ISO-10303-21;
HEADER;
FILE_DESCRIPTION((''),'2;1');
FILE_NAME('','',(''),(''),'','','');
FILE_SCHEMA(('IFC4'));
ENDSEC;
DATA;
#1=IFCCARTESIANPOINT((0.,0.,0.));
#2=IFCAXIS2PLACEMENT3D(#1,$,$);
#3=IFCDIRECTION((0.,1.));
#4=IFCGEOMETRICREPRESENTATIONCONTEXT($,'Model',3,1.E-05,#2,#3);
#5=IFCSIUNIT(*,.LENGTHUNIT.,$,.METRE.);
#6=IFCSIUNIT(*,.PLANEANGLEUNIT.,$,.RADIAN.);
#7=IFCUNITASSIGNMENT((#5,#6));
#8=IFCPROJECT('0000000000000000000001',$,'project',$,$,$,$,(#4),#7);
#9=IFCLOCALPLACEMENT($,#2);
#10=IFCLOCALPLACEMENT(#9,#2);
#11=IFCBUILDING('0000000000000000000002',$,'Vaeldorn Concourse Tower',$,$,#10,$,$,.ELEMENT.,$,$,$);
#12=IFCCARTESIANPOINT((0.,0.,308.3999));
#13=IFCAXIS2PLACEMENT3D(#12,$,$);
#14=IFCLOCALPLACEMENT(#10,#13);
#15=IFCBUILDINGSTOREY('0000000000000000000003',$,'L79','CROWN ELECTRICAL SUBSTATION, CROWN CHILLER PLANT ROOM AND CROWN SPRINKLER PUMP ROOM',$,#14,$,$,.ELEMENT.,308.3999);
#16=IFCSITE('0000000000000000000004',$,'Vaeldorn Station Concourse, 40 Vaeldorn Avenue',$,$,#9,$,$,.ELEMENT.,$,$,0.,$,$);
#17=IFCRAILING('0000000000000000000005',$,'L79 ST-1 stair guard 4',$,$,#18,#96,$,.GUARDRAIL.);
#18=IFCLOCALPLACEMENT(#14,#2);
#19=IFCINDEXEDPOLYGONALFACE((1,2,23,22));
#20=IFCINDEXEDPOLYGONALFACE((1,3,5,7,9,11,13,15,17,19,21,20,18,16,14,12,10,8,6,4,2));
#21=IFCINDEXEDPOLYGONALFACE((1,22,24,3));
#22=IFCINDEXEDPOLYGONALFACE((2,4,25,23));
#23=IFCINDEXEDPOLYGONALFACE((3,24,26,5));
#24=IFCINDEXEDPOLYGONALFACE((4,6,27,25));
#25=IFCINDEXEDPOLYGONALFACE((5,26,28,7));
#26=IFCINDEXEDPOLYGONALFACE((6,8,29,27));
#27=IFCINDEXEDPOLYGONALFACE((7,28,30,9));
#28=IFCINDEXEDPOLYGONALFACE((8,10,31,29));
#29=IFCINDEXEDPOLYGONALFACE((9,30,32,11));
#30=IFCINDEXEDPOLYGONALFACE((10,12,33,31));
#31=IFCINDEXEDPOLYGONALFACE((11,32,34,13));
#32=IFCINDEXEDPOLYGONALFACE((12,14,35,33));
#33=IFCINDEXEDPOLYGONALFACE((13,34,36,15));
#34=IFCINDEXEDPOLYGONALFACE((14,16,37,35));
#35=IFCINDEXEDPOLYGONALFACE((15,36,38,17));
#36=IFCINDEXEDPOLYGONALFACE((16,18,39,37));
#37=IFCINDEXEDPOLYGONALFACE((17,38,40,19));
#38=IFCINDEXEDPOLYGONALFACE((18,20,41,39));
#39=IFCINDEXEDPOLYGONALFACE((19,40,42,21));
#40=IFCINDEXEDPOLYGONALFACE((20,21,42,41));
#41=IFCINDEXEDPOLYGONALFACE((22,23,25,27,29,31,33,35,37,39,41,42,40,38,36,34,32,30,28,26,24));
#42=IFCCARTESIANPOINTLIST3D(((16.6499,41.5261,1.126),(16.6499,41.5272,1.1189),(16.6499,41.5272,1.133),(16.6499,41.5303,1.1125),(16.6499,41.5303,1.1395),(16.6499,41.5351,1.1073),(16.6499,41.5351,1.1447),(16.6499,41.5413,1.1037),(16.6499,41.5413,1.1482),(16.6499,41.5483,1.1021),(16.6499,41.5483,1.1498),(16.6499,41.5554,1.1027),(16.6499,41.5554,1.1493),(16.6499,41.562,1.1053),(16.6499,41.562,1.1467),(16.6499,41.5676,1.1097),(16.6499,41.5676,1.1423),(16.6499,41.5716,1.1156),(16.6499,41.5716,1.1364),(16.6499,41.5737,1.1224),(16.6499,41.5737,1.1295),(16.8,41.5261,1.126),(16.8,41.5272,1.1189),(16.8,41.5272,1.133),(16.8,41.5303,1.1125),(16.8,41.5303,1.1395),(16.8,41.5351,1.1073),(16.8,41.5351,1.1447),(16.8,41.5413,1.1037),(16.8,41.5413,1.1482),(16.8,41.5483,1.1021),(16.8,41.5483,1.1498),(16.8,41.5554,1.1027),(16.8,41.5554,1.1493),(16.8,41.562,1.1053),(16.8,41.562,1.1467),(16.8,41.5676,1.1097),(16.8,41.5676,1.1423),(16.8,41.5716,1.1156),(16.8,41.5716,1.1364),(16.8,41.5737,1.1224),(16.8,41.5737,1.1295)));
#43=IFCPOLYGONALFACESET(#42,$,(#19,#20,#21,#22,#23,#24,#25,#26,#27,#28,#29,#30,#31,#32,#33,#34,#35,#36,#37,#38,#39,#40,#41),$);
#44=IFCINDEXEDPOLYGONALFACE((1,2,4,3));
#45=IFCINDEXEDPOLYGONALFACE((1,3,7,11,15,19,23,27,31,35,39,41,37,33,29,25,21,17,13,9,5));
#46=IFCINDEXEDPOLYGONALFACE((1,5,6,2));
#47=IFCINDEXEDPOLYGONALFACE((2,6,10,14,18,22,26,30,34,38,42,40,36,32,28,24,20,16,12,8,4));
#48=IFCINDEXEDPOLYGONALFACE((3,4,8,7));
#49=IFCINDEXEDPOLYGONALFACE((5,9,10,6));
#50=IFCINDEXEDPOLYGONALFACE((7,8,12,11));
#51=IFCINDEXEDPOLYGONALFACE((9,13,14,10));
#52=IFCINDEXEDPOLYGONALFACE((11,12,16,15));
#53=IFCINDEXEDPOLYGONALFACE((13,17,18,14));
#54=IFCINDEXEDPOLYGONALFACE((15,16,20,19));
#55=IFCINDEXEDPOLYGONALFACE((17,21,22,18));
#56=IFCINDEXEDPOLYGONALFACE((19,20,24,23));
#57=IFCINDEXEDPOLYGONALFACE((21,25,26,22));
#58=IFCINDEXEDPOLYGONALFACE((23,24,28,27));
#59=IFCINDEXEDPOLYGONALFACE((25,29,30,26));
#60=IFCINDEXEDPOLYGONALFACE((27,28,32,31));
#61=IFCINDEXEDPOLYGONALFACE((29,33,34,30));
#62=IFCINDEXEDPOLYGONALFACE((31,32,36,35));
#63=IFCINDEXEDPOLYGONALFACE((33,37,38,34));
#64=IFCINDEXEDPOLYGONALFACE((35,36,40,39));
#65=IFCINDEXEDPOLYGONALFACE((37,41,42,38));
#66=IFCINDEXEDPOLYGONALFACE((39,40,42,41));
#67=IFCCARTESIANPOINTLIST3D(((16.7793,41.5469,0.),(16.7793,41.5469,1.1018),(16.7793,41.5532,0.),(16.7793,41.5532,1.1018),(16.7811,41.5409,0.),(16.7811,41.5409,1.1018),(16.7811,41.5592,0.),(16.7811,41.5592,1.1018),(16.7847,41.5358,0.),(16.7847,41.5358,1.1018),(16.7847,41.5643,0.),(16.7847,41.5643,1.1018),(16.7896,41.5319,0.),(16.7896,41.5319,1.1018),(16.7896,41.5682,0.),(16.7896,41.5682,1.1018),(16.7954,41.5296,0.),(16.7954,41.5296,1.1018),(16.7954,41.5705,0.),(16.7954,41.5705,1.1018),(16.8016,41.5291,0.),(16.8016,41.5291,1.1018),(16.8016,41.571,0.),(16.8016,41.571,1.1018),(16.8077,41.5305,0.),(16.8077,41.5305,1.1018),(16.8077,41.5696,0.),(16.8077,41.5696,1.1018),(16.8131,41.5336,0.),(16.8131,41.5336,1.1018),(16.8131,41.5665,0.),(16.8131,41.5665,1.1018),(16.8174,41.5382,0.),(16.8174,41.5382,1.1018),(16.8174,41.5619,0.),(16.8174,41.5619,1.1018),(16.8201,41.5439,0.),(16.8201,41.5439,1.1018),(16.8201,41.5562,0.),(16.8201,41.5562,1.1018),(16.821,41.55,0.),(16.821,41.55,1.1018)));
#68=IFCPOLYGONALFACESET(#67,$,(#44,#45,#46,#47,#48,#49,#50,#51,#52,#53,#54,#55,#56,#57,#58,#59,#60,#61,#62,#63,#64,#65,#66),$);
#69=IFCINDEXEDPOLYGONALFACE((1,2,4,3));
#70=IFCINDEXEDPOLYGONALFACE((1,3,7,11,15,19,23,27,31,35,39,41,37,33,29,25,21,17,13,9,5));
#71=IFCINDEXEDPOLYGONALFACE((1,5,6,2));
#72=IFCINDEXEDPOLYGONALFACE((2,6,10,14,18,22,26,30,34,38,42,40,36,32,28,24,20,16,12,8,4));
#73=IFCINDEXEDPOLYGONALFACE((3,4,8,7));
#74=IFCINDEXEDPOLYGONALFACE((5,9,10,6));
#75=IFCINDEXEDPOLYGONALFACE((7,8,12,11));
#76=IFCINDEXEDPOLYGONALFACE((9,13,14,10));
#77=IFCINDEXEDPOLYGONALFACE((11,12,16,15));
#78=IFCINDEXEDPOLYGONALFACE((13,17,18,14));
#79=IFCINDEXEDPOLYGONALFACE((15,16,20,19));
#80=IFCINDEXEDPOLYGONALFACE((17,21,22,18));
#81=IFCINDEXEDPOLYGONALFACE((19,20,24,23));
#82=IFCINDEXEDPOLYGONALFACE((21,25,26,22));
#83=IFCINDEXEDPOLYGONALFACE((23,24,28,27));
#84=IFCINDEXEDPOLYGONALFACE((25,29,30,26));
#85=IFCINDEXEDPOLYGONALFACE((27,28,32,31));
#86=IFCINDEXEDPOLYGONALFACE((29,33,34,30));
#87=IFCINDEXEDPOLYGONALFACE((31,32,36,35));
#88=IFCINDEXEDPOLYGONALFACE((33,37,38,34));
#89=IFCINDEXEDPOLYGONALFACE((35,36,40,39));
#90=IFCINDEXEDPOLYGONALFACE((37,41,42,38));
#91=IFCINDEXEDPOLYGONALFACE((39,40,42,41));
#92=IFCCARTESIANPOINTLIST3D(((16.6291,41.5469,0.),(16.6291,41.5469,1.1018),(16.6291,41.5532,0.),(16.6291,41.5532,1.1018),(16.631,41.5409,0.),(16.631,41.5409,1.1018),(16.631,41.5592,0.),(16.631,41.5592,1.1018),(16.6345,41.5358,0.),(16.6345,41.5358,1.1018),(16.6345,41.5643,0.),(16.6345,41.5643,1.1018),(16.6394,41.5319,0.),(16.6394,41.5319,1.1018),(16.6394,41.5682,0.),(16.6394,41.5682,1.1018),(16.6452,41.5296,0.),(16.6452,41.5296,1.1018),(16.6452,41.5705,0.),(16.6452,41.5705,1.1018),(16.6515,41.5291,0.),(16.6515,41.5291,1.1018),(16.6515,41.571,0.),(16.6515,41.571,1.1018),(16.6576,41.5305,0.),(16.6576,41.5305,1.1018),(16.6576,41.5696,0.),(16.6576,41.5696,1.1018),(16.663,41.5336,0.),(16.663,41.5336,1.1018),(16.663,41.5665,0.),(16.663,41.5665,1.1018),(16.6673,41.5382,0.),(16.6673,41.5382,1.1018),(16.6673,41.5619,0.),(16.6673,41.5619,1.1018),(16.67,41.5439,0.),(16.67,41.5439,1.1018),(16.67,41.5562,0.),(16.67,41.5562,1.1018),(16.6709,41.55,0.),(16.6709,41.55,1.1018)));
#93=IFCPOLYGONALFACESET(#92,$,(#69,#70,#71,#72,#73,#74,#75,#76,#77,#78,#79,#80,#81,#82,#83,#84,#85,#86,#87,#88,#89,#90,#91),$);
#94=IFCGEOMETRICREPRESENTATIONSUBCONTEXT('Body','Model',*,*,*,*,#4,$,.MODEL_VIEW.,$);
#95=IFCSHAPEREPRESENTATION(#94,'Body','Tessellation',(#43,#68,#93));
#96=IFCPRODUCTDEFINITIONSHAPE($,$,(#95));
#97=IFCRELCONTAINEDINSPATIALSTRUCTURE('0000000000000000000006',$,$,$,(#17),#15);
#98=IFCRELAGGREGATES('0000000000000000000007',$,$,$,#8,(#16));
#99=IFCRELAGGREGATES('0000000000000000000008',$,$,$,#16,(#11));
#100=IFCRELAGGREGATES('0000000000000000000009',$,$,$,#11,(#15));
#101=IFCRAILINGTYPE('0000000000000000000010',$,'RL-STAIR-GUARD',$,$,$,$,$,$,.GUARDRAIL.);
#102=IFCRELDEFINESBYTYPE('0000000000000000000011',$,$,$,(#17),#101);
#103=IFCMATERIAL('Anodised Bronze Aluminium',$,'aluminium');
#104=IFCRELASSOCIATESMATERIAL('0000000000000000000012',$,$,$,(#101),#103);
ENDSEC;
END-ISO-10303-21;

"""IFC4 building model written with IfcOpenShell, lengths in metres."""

from ifc_helpers import new_model, si_unit, direction, frame, origin, origin_2d, place, context, subcontext, project, spatial, circle, extrude, material, type_object, element, save


model = new_model("IFC4")

# Units and contexts
model_context = context("Model", 3, precision=1e-05, world=origin(), true_north=direction((0.0, 1.0)))
body_context = subcontext(model_context, "Body", "Model", "MODEL_VIEW")
ifc_project = project(units=[si_unit("LENGTHUNIT", "METRE"), si_unit("PLANEANGLEUNIT", "RADIAN")], contexts=[model_context])

# Site, building, storey
site_placement = place(None, origin())
site = spatial("IfcSite", under=ifc_project, at=site_placement, Name="Vaeldorn Station Concourse, 40 Vaeldorn Avenue", CompositionType="ELEMENT", RefElevation=0.0)
building_placement = place(site_placement, origin())
building = spatial("IfcBuilding", under=site, at=building_placement, Name="Vaeldorn Concourse Tower", CompositionType="ELEMENT")
storey_placement = place(building_placement, frame((0.0, 0.0, 308.3999)))
storey = spatial("IfcBuildingStorey", under=building, at=storey_placement, Name="L79", Description="CROWN ELECTRICAL SUBSTATION, CROWN CHILLER PLANT ROOM AND CROWN SPRINKLER PUMP ROOM", CompositionType="ELEMENT", Elevation=308.3999)

# Shared definitions
ifc_material_1 = material(Name="Anodised Bronze Aluminium", Category="aluminium")

# Railing
railing_type_1 = type_object("IfcRailingType", Name="RL-STAIR-GUARD", PredefinedType="GUARDRAIL", material=ifc_material_1)
railing_1_placement = place(storey_placement, frame((16.8, 41.55, 0.0)))
element("IfcRailing", 1, at=railing_1_placement, inside=storey, type_object=railing_type_1, Name="L79 ST-1 stair guard 4", PredefinedType="GUARDRAIL", context=body_context, shape_type="SweptSolid", body=[
    extrude(circle(Radius=0.0239, at=origin_2d()), frame((0.0, 0.0, 1.126), z_axis=(-1.0, 0.0, 0.0), x_axis=(0.0, -1.0, 0.0)), (0.0, 0.0, 1.0), 0.1501),
    extrude(circle(Radius=0.021, at=origin_2d()), origin(), (0.0, 0.0, 1.0), 1.1018),
    extrude(circle(Radius=0.021, at=origin_2d()), frame((-0.1501, 0.0, 0.0)), (0.0, 0.0, 1.0), 1.1018),
])

save(model, "model.ifc")
